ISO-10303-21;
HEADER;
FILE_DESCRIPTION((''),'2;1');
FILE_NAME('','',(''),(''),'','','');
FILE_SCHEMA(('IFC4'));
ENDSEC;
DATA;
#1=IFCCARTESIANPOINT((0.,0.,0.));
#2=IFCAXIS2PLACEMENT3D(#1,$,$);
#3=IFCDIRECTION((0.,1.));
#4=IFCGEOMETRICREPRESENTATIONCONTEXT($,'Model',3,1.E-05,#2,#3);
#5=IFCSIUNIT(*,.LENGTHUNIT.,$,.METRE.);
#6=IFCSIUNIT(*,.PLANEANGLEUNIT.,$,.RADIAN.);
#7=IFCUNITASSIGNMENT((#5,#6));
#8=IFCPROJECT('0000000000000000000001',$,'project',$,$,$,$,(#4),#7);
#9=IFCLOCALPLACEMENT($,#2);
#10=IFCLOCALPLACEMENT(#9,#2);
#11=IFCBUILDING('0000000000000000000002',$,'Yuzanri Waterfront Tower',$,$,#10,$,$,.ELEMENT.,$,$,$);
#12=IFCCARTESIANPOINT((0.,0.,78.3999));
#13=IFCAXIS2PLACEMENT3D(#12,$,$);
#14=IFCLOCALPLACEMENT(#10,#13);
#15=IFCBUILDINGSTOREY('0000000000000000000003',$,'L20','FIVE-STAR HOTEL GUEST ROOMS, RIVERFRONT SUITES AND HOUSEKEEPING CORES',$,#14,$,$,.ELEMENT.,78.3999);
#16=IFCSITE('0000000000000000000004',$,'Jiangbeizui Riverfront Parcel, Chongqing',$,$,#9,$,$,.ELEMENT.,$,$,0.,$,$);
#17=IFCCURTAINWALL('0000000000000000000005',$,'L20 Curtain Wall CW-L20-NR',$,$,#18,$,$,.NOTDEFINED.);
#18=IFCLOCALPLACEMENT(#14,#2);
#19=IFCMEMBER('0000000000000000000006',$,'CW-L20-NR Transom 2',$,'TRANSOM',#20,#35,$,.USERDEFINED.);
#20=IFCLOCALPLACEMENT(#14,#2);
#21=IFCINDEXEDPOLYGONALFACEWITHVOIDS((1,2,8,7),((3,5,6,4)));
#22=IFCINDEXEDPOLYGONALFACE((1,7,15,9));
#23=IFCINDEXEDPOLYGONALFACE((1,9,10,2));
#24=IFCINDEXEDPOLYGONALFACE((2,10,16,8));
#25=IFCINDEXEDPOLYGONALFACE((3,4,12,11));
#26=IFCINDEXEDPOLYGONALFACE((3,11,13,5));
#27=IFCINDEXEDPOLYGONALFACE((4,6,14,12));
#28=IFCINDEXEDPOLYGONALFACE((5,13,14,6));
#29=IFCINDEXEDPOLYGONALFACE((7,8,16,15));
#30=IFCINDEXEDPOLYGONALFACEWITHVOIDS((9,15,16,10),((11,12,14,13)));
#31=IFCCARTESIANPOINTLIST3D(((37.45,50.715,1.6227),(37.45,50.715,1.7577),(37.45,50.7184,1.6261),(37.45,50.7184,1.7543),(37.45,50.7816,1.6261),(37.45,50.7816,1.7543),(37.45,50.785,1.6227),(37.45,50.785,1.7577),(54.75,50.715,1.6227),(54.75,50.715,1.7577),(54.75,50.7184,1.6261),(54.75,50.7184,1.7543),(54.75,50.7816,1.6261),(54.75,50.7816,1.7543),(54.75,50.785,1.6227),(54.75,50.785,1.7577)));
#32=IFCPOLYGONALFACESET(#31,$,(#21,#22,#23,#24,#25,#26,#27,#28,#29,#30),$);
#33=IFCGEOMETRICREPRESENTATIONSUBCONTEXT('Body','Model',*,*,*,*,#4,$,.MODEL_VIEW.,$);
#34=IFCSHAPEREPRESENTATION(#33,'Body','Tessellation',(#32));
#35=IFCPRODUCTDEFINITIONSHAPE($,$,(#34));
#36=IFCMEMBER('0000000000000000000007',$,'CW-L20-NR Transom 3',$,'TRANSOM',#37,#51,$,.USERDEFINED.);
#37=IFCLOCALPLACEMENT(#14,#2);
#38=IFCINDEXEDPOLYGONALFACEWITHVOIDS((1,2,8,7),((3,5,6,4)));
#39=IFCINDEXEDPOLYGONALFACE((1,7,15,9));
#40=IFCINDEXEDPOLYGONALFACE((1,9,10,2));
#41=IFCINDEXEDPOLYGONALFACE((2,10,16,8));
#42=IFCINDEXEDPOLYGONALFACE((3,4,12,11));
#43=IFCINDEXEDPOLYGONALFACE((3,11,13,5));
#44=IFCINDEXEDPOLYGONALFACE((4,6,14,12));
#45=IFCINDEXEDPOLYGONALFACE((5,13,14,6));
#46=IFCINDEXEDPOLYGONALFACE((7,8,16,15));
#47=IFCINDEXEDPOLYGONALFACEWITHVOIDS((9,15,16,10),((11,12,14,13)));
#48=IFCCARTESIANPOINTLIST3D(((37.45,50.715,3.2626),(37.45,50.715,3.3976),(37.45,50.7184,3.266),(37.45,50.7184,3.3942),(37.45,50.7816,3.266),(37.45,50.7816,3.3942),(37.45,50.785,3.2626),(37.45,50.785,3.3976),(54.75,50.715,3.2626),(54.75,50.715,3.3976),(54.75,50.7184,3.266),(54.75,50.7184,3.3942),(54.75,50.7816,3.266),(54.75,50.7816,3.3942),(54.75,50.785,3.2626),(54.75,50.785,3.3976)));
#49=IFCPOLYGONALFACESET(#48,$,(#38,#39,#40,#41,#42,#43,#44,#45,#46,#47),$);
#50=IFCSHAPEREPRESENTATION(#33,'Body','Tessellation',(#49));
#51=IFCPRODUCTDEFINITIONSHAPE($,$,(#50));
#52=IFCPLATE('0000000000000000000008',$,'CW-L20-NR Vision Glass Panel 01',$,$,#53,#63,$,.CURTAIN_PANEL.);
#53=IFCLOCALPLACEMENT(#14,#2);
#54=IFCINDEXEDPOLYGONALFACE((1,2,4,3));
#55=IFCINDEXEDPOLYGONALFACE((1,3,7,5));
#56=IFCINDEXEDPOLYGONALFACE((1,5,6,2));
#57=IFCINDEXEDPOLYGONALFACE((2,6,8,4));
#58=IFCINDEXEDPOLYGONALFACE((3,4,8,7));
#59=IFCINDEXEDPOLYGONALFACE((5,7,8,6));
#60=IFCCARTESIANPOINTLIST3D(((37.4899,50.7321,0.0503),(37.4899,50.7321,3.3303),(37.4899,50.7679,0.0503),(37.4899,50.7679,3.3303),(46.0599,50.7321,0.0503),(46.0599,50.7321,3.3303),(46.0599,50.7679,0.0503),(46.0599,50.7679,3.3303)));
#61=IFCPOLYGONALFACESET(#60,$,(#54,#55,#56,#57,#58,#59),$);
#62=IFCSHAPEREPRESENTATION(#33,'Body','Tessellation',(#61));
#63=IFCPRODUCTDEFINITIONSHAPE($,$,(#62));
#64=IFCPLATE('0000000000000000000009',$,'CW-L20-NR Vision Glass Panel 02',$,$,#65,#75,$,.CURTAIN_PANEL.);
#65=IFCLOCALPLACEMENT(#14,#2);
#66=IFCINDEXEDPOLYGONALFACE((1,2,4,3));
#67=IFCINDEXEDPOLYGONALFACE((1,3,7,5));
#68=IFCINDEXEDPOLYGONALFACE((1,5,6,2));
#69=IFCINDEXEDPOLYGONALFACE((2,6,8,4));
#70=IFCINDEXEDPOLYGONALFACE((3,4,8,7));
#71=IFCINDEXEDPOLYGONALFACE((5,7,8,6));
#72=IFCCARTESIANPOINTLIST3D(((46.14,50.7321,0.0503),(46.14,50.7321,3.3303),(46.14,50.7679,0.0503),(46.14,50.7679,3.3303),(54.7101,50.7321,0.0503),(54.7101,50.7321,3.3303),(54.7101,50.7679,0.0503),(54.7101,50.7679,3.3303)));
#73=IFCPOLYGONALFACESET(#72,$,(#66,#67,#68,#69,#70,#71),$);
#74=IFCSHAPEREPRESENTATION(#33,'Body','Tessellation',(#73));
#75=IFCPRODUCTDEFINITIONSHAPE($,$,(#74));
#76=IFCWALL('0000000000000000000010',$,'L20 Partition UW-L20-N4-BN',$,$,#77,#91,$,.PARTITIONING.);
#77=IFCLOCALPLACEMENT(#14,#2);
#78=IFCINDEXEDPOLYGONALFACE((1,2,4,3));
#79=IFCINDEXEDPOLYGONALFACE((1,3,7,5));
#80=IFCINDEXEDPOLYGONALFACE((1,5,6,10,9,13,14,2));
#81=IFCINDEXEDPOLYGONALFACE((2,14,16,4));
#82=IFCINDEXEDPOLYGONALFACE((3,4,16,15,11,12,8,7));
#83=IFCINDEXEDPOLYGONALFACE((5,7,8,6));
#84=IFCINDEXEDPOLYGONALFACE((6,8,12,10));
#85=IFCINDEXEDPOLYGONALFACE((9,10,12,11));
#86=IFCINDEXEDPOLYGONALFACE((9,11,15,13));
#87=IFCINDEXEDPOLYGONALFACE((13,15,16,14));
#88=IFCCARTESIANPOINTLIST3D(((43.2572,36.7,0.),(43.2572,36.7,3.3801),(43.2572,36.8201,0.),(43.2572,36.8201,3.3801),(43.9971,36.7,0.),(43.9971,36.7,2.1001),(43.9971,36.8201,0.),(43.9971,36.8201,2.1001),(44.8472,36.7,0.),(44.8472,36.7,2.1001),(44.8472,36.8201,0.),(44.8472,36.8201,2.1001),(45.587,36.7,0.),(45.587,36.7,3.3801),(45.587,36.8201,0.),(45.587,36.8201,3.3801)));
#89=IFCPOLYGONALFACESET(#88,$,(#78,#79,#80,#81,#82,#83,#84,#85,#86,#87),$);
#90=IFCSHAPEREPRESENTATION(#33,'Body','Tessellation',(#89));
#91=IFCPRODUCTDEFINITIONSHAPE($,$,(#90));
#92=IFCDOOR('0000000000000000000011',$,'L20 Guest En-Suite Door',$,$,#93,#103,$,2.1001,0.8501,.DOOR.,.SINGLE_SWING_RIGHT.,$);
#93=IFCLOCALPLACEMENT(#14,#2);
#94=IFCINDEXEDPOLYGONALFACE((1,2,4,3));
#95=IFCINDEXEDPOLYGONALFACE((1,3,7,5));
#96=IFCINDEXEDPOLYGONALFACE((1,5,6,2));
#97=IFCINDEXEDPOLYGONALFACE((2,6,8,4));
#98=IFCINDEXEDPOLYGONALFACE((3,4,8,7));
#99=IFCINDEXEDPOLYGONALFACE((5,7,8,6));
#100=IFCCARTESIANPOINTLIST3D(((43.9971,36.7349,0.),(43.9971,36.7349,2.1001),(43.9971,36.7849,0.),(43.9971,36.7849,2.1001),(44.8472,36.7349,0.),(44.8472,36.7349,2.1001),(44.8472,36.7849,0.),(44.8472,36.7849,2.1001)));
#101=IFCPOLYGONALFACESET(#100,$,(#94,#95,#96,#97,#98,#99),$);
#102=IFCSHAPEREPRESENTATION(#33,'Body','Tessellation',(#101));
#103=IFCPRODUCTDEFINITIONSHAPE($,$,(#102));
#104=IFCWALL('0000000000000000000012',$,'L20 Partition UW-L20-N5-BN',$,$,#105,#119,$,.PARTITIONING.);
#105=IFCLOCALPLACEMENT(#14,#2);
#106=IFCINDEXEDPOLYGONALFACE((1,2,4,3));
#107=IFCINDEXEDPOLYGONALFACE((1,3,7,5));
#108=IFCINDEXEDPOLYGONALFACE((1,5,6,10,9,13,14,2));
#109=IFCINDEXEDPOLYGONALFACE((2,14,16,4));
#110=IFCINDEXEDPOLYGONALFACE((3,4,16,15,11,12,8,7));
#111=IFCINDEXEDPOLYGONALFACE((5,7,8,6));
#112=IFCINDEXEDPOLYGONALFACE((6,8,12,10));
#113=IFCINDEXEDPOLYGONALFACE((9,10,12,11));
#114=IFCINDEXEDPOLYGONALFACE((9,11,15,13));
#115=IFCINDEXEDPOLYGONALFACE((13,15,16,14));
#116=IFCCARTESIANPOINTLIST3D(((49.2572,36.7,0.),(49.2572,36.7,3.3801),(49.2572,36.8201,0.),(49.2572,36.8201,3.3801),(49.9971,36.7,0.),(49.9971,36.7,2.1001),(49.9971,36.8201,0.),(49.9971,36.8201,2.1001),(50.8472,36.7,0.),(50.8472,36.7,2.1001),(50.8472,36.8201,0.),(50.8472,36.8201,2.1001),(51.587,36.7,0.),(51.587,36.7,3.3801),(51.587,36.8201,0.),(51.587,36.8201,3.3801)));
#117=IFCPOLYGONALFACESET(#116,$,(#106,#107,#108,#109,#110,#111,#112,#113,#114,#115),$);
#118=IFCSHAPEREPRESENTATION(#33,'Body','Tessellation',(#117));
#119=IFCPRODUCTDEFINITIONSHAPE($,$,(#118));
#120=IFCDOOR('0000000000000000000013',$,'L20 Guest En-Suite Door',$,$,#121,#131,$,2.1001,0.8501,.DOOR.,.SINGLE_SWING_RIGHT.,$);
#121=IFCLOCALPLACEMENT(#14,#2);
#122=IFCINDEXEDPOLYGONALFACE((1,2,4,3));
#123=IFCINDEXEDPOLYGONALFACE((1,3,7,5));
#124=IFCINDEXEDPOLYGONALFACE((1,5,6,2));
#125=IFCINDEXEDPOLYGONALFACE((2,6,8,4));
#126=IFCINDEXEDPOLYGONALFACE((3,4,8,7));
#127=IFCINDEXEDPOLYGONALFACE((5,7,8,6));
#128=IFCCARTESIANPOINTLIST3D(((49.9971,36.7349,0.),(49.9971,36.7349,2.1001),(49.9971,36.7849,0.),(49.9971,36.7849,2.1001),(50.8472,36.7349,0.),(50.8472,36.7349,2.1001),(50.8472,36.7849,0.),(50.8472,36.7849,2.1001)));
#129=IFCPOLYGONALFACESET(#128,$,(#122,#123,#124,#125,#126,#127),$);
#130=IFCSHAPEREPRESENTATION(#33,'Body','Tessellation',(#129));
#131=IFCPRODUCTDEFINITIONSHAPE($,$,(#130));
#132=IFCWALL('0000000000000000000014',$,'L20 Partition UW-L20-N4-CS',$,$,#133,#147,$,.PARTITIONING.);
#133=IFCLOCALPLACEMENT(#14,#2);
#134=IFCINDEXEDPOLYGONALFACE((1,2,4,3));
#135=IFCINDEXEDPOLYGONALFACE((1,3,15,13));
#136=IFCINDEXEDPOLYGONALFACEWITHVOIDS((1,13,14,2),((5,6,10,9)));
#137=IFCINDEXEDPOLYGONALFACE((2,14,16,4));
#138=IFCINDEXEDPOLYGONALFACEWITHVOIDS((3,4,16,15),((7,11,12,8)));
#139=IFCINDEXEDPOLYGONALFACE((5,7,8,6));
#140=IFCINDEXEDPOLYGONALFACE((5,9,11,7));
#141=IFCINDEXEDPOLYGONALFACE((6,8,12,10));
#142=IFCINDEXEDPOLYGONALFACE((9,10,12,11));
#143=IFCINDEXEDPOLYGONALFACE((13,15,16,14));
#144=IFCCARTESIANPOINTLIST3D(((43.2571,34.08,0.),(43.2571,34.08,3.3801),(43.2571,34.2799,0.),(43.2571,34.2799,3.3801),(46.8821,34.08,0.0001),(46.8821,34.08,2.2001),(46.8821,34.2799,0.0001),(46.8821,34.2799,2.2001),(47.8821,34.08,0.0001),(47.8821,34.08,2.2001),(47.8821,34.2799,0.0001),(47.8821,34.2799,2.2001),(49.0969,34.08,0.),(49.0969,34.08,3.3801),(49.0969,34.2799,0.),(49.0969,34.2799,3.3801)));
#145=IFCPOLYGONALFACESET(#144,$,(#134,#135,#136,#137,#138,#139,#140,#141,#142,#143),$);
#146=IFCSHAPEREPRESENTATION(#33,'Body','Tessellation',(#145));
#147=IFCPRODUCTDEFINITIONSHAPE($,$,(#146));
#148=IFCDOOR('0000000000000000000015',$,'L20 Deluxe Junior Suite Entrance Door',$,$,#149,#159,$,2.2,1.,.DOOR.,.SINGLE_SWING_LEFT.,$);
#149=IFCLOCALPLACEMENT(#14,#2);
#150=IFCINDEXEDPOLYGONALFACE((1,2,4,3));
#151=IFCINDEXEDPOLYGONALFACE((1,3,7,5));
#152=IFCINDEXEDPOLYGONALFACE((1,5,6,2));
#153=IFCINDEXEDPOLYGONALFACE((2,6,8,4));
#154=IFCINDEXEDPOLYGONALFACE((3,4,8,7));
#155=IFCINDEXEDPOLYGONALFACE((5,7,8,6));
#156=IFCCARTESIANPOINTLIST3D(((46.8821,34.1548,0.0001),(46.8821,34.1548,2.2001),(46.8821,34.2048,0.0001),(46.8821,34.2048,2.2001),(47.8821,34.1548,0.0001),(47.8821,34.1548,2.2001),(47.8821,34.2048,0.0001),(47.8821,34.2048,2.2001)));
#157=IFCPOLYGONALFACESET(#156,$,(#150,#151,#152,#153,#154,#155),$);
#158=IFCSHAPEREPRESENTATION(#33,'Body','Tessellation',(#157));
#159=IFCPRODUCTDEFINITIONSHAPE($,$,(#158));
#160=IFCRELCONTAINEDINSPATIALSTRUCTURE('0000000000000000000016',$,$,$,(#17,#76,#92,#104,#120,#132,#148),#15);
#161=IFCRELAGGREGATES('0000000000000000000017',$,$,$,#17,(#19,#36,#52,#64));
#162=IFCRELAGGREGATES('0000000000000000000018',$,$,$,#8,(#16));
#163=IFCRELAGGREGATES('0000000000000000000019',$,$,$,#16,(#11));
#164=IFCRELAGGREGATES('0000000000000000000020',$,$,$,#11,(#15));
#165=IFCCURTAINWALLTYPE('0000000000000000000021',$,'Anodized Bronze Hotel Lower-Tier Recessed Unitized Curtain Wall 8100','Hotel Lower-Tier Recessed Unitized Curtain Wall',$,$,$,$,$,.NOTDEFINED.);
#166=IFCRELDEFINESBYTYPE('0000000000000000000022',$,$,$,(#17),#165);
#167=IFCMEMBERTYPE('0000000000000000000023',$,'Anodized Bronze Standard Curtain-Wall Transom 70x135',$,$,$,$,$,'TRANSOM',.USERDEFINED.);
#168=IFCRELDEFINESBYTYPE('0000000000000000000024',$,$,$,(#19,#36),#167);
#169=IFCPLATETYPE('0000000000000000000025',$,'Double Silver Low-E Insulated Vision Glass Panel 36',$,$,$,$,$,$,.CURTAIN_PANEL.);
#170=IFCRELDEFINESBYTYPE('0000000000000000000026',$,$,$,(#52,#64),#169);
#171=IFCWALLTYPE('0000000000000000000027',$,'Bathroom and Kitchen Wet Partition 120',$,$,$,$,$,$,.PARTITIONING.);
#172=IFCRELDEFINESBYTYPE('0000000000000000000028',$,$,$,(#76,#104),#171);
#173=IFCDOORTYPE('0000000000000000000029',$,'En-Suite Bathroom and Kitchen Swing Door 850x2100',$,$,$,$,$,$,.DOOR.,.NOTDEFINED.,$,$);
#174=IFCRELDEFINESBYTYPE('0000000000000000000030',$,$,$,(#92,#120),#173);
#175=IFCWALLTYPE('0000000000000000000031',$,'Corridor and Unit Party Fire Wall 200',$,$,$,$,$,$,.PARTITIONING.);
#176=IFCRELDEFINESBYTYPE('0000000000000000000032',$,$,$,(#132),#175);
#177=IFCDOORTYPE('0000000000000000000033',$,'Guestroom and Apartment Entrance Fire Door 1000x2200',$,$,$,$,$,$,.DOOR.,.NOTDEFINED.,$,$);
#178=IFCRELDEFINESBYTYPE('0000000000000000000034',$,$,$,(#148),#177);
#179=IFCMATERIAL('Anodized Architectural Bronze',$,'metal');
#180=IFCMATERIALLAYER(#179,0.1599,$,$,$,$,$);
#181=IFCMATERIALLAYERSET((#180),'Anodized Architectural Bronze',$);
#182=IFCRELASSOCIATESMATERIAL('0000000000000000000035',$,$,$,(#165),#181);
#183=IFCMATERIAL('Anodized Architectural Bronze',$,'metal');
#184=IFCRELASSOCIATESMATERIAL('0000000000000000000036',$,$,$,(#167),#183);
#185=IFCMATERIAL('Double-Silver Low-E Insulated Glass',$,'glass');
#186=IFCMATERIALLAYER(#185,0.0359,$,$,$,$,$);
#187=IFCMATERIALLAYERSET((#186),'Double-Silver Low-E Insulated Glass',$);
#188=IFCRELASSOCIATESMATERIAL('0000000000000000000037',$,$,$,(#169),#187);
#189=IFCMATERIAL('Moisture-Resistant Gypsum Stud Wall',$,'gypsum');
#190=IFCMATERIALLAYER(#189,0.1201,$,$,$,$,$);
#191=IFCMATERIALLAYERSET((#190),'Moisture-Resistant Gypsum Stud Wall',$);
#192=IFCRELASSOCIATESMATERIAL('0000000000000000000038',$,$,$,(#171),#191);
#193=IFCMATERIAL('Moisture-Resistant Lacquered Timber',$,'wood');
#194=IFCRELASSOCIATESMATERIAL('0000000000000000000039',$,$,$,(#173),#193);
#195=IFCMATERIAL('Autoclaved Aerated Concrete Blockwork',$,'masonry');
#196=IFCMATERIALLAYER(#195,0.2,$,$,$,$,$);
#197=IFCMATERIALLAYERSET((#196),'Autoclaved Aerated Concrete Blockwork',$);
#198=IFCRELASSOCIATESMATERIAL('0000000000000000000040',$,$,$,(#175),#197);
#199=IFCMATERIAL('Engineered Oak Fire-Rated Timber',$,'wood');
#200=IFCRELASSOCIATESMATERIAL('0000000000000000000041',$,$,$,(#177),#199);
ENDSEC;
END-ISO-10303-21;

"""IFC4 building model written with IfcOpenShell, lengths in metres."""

from ifc_helpers import new_model, si_unit, direction, frame, frame_2d, origin, origin_2d, place, context, subcontext, project, spatial, rectangle, hollow_rectangle, extrude, source, transform, mapped, material, layer, layer_set, material_profile, profile_set, type_object, element, fill, aggregate, save


model = new_model("IFC4")

# Units and contexts
model_context = context("Model", 3, precision=1e-05, world=origin(), true_north=direction((0.0, 1.0)))
body_context = subcontext(model_context, "Body", "Model", "MODEL_VIEW")
ifc_project = project(units=[si_unit("LENGTHUNIT", "METRE"), si_unit("PLANEANGLEUNIT", "RADIAN")], contexts=[model_context])

# Site, building, storey
site_placement = place(None, origin())
site = spatial("IfcSite", under=ifc_project, at=site_placement, Name="Jiangbeizui Riverfront Parcel, Chongqing", CompositionType="ELEMENT", RefElevation=0.0)
building_placement = place(site_placement, origin())
building = spatial("IfcBuilding", under=site, at=building_placement, Name="Yuzanri Waterfront Tower", CompositionType="ELEMENT")
storey_placement = place(building_placement, frame((0.0, 0.0, 78.3999)))
storey = spatial("IfcBuildingStorey", under=building, at=storey_placement, Name="L20", Description="FIVE-STAR HOTEL GUEST ROOMS, RIVERFRONT SUITES AND HOUSEKEEPING CORES", CompositionType="ELEMENT", Elevation=78.3999)

# Curtain wall, members, plates
ifc_material_1 = material(Name="Anodized Architectural Bronze", Category="metal")
ifc_layer_1 = layer(ifc_material_1, 0.1599)
ifc_layer_set_1 = layer_set([ifc_layer_1], Name="Anodized Architectural Bronze")
curtain_wall_type = type_object("IfcCurtainWallType", Name="Anodized Bronze Hotel Lower-Tier Recessed Unitized Curtain Wall 8100", Description="Hotel Lower-Tier Recessed Unitized Curtain Wall", PredefinedType="NOTDEFINED", material=ifc_layer_set_1)
curtain_wall_placement = place(storey_placement, origin())
curtain_wall = element("IfcCurtainWall", 1, at=curtain_wall_placement, inside=storey, type_object=curtain_wall_type, Name="L20 Curtain Wall CW-L20-NR", PredefinedType="NOTDEFINED")
ifc_material_2 = material(Name="Anodized Architectural Bronze", Category="metal")
ifc_material_profile_1 = material_profile(ifc_material_2, hollow_rectangle(XDim=0.0701, YDim=0.135, WallThickness=0.0034, at=origin_2d()), Name="CWT 70x135")
ifc_profile_set_1 = profile_set([ifc_material_profile_1], Name="Anodized Architectural Bronze")
member_type_1 = type_object("IfcMemberType", Name="Anodized Bronze Standard Curtain-Wall Transom 70x135", ElementType="TRANSOM", PredefinedType="USERDEFINED", material=ifc_profile_set_1)
shared_shape_1 = source(origin(), body_context, "Body", "SweptSolid", [
    extrude(hollow_rectangle(XDim=0.0701, YDim=0.135, WallThickness=0.0034, at=origin_2d()), origin(), (0.0, 0.0, 1.0), 17.3),
])
member_1_placement = place(storey_placement, frame((37.45, 50.75, 1.6902), z_axis=(1.0, 0.0, 0.0), x_axis=(0.0, 1.0, 0.0)))
member_1 = element("IfcMember", 2, at=member_1_placement, type_object=member_type_1, Name="CW-L20-NR Transom 2", ObjectType="TRANSOM", PredefinedType="USERDEFINED", context=body_context, shape_type="MappedRepresentation", body=[
    mapped(shared_shape_1, transform((0.0, 0.0, 0.0), scale=1.0)),
])
member_2_placement = place(storey_placement, frame((37.45, 50.75, 3.3301), z_axis=(1.0, 0.0, 0.0), x_axis=(0.0, 1.0, 0.0)))
member_2 = element("IfcMember", 3, at=member_2_placement, type_object=member_type_1, Name="CW-L20-NR Transom 3", ObjectType="TRANSOM", PredefinedType="USERDEFINED", context=body_context, shape_type="MappedRepresentation", body=[
    mapped(shared_shape_1, transform((0.0, 0.0, 0.0), scale=1.0)),
])
ifc_material_3 = material(Name="Double-Silver Low-E Insulated Glass", Category="glass")
ifc_layer_2 = layer(ifc_material_3, 0.0359)
ifc_layer_set_2 = layer_set([ifc_layer_2], Name="Double-Silver Low-E Insulated Glass")
plate_type = type_object("IfcPlateType", Name="Double Silver Low-E Insulated Vision Glass Panel 36", PredefinedType="CURTAIN_PANEL", material=ifc_layer_set_2)
shared_shape_2 = source(origin(), body_context, "Body", "SweptSolid", [
    extrude(rectangle(XDim=8.5701, YDim=0.0359, at=origin_2d()), origin(), (0.0, 0.0, 1.0), 3.28),
])
plate_1_placement = place(storey_placement, frame((41.7749, 50.75, 0.0503), z_axis=(0.0, 0.0, 1.0), x_axis=(1.0, 0.0, 0.0)))
plate_1 = element("IfcPlate", 4, at=plate_1_placement, type_object=plate_type, Name="CW-L20-NR Vision Glass Panel 01", PredefinedType="CURTAIN_PANEL", context=body_context, shape_type="MappedRepresentation", body=[
    mapped(shared_shape_2, transform((0.0, 0.0, 0.0), scale=1.0)),
])
plate_2_placement = place(storey_placement, frame((50.425, 50.75, 0.0503), z_axis=(0.0, 0.0, 1.0), x_axis=(1.0, 0.0, 0.0)))
plate_2 = element("IfcPlate", 5, at=plate_2_placement, type_object=plate_type, Name="CW-L20-NR Vision Glass Panel 02", PredefinedType="CURTAIN_PANEL", context=body_context, shape_type="MappedRepresentation", body=[
    mapped(shared_shape_2, transform((0.0, 0.0, 0.0), scale=1.0)),
])
aggregate(curtain_wall, [member_1, member_2, plate_1, plate_2])

# Walls, openings, doors
ifc_material_4 = material(Name="Moisture-Resistant Gypsum Stud Wall", Category="gypsum")
ifc_layer_3 = layer(ifc_material_4, 0.1201)
ifc_layer_set_3 = layer_set([ifc_layer_3], Name="Moisture-Resistant Gypsum Stud Wall")
wall_type_1 = type_object("IfcWallType", Name="Bathroom and Kitchen Wet Partition 120", PredefinedType="PARTITIONING", material=ifc_layer_set_3)
wall_1_placement = place(storey_placement, frame((43.2571, 36.76, 0.0), z_axis=(0.0, 0.0, 1.0), x_axis=(1.0, 0.0, 0.0)))
wall_1 = element("IfcWall", 6, at=wall_1_placement, inside=storey, type_object=wall_type_1, Name="L20 Partition UW-L20-N4-BN", PredefinedType="PARTITIONING", context=body_context, shape_type="SweptSolid", body=[
    extrude(rectangle(XDim=2.3298, YDim=0.1201, at=frame_2d((1.165, 0.0))), origin(), (0.0, 0.0, 1.0), 3.3801),
])
opening_1_placement = place(wall_1_placement, frame((0.74, 0.0, 0.0)))
opening_1 = element("IfcOpeningElement", 7, at=opening_1_placement, cuts=wall_1, PredefinedType="OPENING", context=body_context, shape_type="SweptSolid", body=[
    extrude(rectangle(XDim=0.8501, YDim=2.1001, at=frame_2d((0.425, 1.05))), frame((0.0, 0.075, 0.0), z_axis=(0.0, -1.0, 0.0), x_axis=(1.0, 0.0, 0.0)), (0.0, 0.0, 1.0), 0.1499),
])
ifc_material_5 = material(Name="Moisture-Resistant Lacquered Timber", Category="wood")
door_type_1 = type_object("IfcDoorType", Name="En-Suite Bathroom and Kitchen Swing Door 850x2100", OperationType="NOTDEFINED", PredefinedType="DOOR", material=ifc_material_5)
shared_shape_3 = source(origin(), body_context, "Body", "SweptSolid", [
    extrude(rectangle(XDim=0.8501, YDim=2.1001, at=frame_2d((0.425, 1.05))), frame((0.0, 0.0249, 0.0), z_axis=(0.0, -1.0, 0.0), x_axis=(1.0, 0.0, 0.0)), (0.0, 0.0, 1.0), 0.05),
])
door_1_placement = place(opening_1_placement, origin())
door_1 = element("IfcDoor", 8, at=door_1_placement, inside=storey, type_object=door_type_1, Name="L20 Guest En-Suite Door", OperationType="SINGLE_SWING_RIGHT", OverallHeight=2.1001, OverallWidth=0.8501, PredefinedType="DOOR", context=body_context, shape_type="MappedRepresentation", body=[
    mapped(shared_shape_3, transform((0.0, 0.0, 0.0), scale=1.0)),
])
fill(opening_1, door_1)
wall_2_placement = place(storey_placement, frame((49.2571, 36.76, 0.0), z_axis=(0.0, 0.0, 1.0), x_axis=(1.0, 0.0, 0.0)))
wall_2 = element("IfcWall", 9, at=wall_2_placement, inside=storey, type_object=wall_type_1, Name="L20 Partition UW-L20-N5-BN", PredefinedType="PARTITIONING", context=body_context, shape_type="SweptSolid", body=[
    extrude(rectangle(XDim=2.3298, YDim=0.1201, at=frame_2d((1.165, 0.0))), origin(), (0.0, 0.0, 1.0), 3.3801),
])
opening_2_placement = place(wall_2_placement, frame((0.74, 0.0, 0.0)))
opening_2 = element("IfcOpeningElement", 10, at=opening_2_placement, cuts=wall_2, PredefinedType="OPENING", context=body_context, shape_type="SweptSolid", body=[
    extrude(rectangle(XDim=0.8501, YDim=2.1001, at=frame_2d((0.425, 1.05))), frame((0.0, 0.075, 0.0), z_axis=(0.0, -1.0, 0.0), x_axis=(1.0, 0.0, 0.0)), (0.0, 0.0, 1.0), 0.1499),
])
door_2_placement = place(opening_2_placement, origin())
door_2 = element("IfcDoor", 11, at=door_2_placement, inside=storey, type_object=door_type_1, Name="L20 Guest En-Suite Door", OperationType="SINGLE_SWING_RIGHT", OverallHeight=2.1001, OverallWidth=0.8501, PredefinedType="DOOR", context=body_context, shape_type="MappedRepresentation", body=[
    mapped(shared_shape_3, transform((0.0, 0.0, 0.0), scale=1.0)),
])
fill(opening_2, door_2)
ifc_material_6 = material(Name="Autoclaved Aerated Concrete Blockwork", Category="masonry")
ifc_layer_4 = layer(ifc_material_6, 0.2)
ifc_layer_set_4 = layer_set([ifc_layer_4], Name="Autoclaved Aerated Concrete Blockwork")
wall_type_2 = type_object("IfcWallType", Name="Corridor and Unit Party Fire Wall 200", PredefinedType="PARTITIONING", material=ifc_layer_set_4)
wall_3_placement = place(storey_placement, frame((43.2571, 34.1799, 0.0), z_axis=(0.0, 0.0, 1.0), x_axis=(1.0, 0.0, 0.0)))
wall_3 = element("IfcWall", 12, at=wall_3_placement, inside=storey, type_object=wall_type_2, Name="L20 Partition UW-L20-N4-CS", PredefinedType="PARTITIONING", context=body_context, shape_type="SweptSolid", body=[
    extrude(rectangle(XDim=5.8398, YDim=0.2, at=frame_2d((2.9199, 0.0))), origin(), (0.0, 0.0, 1.0), 3.3801),
])
opening_3_placement = place(wall_3_placement, frame((3.625, 0.0, 0.0)))
opening_3 = element("IfcOpeningElement", 13, at=opening_3_placement, cuts=wall_3, PredefinedType="OPENING", context=body_context, shape_type="SweptSolid", body=[
    extrude(rectangle(XDim=1.0, YDim=2.2, at=frame_2d((0.5, 1.1001))), frame((0.0, 0.1147, 0.0), z_axis=(0.0, -1.0, 0.0), x_axis=(1.0, 0.0, 0.0)), (0.0, 0.0, 1.0), 0.2297),
])
ifc_material_7 = material(Name="Engineered Oak Fire-Rated Timber", Category="wood")
door_type_2 = type_object("IfcDoorType", Name="Guestroom and Apartment Entrance Fire Door 1000x2200", OperationType="NOTDEFINED", PredefinedType="DOOR", material=ifc_material_7)
shared_shape_4 = source(origin(), body_context, "Body", "SweptSolid", [
    extrude(rectangle(XDim=1.0, YDim=2.2, at=frame_2d((0.5, 1.1001))), frame((0.0, 0.0249, 0.0), z_axis=(0.0, -1.0, 0.0), x_axis=(1.0, 0.0, 0.0)), (0.0, 0.0, 1.0), 0.05),
])
door_3_placement = place(opening_3_placement, origin())
door_3 = element("IfcDoor", 14, at=door_3_placement, inside=storey, type_object=door_type_2, Name="L20 Deluxe Junior Suite Entrance Door", OperationType="SINGLE_SWING_LEFT", OverallHeight=2.2, OverallWidth=1.0, PredefinedType="DOOR", context=body_context, shape_type="MappedRepresentation", body=[
    mapped(shared_shape_4, transform((0.0, 0.0, 0.0), scale=1.0)),
])
fill(opening_3, door_3)

save(model, "model.ifc")
